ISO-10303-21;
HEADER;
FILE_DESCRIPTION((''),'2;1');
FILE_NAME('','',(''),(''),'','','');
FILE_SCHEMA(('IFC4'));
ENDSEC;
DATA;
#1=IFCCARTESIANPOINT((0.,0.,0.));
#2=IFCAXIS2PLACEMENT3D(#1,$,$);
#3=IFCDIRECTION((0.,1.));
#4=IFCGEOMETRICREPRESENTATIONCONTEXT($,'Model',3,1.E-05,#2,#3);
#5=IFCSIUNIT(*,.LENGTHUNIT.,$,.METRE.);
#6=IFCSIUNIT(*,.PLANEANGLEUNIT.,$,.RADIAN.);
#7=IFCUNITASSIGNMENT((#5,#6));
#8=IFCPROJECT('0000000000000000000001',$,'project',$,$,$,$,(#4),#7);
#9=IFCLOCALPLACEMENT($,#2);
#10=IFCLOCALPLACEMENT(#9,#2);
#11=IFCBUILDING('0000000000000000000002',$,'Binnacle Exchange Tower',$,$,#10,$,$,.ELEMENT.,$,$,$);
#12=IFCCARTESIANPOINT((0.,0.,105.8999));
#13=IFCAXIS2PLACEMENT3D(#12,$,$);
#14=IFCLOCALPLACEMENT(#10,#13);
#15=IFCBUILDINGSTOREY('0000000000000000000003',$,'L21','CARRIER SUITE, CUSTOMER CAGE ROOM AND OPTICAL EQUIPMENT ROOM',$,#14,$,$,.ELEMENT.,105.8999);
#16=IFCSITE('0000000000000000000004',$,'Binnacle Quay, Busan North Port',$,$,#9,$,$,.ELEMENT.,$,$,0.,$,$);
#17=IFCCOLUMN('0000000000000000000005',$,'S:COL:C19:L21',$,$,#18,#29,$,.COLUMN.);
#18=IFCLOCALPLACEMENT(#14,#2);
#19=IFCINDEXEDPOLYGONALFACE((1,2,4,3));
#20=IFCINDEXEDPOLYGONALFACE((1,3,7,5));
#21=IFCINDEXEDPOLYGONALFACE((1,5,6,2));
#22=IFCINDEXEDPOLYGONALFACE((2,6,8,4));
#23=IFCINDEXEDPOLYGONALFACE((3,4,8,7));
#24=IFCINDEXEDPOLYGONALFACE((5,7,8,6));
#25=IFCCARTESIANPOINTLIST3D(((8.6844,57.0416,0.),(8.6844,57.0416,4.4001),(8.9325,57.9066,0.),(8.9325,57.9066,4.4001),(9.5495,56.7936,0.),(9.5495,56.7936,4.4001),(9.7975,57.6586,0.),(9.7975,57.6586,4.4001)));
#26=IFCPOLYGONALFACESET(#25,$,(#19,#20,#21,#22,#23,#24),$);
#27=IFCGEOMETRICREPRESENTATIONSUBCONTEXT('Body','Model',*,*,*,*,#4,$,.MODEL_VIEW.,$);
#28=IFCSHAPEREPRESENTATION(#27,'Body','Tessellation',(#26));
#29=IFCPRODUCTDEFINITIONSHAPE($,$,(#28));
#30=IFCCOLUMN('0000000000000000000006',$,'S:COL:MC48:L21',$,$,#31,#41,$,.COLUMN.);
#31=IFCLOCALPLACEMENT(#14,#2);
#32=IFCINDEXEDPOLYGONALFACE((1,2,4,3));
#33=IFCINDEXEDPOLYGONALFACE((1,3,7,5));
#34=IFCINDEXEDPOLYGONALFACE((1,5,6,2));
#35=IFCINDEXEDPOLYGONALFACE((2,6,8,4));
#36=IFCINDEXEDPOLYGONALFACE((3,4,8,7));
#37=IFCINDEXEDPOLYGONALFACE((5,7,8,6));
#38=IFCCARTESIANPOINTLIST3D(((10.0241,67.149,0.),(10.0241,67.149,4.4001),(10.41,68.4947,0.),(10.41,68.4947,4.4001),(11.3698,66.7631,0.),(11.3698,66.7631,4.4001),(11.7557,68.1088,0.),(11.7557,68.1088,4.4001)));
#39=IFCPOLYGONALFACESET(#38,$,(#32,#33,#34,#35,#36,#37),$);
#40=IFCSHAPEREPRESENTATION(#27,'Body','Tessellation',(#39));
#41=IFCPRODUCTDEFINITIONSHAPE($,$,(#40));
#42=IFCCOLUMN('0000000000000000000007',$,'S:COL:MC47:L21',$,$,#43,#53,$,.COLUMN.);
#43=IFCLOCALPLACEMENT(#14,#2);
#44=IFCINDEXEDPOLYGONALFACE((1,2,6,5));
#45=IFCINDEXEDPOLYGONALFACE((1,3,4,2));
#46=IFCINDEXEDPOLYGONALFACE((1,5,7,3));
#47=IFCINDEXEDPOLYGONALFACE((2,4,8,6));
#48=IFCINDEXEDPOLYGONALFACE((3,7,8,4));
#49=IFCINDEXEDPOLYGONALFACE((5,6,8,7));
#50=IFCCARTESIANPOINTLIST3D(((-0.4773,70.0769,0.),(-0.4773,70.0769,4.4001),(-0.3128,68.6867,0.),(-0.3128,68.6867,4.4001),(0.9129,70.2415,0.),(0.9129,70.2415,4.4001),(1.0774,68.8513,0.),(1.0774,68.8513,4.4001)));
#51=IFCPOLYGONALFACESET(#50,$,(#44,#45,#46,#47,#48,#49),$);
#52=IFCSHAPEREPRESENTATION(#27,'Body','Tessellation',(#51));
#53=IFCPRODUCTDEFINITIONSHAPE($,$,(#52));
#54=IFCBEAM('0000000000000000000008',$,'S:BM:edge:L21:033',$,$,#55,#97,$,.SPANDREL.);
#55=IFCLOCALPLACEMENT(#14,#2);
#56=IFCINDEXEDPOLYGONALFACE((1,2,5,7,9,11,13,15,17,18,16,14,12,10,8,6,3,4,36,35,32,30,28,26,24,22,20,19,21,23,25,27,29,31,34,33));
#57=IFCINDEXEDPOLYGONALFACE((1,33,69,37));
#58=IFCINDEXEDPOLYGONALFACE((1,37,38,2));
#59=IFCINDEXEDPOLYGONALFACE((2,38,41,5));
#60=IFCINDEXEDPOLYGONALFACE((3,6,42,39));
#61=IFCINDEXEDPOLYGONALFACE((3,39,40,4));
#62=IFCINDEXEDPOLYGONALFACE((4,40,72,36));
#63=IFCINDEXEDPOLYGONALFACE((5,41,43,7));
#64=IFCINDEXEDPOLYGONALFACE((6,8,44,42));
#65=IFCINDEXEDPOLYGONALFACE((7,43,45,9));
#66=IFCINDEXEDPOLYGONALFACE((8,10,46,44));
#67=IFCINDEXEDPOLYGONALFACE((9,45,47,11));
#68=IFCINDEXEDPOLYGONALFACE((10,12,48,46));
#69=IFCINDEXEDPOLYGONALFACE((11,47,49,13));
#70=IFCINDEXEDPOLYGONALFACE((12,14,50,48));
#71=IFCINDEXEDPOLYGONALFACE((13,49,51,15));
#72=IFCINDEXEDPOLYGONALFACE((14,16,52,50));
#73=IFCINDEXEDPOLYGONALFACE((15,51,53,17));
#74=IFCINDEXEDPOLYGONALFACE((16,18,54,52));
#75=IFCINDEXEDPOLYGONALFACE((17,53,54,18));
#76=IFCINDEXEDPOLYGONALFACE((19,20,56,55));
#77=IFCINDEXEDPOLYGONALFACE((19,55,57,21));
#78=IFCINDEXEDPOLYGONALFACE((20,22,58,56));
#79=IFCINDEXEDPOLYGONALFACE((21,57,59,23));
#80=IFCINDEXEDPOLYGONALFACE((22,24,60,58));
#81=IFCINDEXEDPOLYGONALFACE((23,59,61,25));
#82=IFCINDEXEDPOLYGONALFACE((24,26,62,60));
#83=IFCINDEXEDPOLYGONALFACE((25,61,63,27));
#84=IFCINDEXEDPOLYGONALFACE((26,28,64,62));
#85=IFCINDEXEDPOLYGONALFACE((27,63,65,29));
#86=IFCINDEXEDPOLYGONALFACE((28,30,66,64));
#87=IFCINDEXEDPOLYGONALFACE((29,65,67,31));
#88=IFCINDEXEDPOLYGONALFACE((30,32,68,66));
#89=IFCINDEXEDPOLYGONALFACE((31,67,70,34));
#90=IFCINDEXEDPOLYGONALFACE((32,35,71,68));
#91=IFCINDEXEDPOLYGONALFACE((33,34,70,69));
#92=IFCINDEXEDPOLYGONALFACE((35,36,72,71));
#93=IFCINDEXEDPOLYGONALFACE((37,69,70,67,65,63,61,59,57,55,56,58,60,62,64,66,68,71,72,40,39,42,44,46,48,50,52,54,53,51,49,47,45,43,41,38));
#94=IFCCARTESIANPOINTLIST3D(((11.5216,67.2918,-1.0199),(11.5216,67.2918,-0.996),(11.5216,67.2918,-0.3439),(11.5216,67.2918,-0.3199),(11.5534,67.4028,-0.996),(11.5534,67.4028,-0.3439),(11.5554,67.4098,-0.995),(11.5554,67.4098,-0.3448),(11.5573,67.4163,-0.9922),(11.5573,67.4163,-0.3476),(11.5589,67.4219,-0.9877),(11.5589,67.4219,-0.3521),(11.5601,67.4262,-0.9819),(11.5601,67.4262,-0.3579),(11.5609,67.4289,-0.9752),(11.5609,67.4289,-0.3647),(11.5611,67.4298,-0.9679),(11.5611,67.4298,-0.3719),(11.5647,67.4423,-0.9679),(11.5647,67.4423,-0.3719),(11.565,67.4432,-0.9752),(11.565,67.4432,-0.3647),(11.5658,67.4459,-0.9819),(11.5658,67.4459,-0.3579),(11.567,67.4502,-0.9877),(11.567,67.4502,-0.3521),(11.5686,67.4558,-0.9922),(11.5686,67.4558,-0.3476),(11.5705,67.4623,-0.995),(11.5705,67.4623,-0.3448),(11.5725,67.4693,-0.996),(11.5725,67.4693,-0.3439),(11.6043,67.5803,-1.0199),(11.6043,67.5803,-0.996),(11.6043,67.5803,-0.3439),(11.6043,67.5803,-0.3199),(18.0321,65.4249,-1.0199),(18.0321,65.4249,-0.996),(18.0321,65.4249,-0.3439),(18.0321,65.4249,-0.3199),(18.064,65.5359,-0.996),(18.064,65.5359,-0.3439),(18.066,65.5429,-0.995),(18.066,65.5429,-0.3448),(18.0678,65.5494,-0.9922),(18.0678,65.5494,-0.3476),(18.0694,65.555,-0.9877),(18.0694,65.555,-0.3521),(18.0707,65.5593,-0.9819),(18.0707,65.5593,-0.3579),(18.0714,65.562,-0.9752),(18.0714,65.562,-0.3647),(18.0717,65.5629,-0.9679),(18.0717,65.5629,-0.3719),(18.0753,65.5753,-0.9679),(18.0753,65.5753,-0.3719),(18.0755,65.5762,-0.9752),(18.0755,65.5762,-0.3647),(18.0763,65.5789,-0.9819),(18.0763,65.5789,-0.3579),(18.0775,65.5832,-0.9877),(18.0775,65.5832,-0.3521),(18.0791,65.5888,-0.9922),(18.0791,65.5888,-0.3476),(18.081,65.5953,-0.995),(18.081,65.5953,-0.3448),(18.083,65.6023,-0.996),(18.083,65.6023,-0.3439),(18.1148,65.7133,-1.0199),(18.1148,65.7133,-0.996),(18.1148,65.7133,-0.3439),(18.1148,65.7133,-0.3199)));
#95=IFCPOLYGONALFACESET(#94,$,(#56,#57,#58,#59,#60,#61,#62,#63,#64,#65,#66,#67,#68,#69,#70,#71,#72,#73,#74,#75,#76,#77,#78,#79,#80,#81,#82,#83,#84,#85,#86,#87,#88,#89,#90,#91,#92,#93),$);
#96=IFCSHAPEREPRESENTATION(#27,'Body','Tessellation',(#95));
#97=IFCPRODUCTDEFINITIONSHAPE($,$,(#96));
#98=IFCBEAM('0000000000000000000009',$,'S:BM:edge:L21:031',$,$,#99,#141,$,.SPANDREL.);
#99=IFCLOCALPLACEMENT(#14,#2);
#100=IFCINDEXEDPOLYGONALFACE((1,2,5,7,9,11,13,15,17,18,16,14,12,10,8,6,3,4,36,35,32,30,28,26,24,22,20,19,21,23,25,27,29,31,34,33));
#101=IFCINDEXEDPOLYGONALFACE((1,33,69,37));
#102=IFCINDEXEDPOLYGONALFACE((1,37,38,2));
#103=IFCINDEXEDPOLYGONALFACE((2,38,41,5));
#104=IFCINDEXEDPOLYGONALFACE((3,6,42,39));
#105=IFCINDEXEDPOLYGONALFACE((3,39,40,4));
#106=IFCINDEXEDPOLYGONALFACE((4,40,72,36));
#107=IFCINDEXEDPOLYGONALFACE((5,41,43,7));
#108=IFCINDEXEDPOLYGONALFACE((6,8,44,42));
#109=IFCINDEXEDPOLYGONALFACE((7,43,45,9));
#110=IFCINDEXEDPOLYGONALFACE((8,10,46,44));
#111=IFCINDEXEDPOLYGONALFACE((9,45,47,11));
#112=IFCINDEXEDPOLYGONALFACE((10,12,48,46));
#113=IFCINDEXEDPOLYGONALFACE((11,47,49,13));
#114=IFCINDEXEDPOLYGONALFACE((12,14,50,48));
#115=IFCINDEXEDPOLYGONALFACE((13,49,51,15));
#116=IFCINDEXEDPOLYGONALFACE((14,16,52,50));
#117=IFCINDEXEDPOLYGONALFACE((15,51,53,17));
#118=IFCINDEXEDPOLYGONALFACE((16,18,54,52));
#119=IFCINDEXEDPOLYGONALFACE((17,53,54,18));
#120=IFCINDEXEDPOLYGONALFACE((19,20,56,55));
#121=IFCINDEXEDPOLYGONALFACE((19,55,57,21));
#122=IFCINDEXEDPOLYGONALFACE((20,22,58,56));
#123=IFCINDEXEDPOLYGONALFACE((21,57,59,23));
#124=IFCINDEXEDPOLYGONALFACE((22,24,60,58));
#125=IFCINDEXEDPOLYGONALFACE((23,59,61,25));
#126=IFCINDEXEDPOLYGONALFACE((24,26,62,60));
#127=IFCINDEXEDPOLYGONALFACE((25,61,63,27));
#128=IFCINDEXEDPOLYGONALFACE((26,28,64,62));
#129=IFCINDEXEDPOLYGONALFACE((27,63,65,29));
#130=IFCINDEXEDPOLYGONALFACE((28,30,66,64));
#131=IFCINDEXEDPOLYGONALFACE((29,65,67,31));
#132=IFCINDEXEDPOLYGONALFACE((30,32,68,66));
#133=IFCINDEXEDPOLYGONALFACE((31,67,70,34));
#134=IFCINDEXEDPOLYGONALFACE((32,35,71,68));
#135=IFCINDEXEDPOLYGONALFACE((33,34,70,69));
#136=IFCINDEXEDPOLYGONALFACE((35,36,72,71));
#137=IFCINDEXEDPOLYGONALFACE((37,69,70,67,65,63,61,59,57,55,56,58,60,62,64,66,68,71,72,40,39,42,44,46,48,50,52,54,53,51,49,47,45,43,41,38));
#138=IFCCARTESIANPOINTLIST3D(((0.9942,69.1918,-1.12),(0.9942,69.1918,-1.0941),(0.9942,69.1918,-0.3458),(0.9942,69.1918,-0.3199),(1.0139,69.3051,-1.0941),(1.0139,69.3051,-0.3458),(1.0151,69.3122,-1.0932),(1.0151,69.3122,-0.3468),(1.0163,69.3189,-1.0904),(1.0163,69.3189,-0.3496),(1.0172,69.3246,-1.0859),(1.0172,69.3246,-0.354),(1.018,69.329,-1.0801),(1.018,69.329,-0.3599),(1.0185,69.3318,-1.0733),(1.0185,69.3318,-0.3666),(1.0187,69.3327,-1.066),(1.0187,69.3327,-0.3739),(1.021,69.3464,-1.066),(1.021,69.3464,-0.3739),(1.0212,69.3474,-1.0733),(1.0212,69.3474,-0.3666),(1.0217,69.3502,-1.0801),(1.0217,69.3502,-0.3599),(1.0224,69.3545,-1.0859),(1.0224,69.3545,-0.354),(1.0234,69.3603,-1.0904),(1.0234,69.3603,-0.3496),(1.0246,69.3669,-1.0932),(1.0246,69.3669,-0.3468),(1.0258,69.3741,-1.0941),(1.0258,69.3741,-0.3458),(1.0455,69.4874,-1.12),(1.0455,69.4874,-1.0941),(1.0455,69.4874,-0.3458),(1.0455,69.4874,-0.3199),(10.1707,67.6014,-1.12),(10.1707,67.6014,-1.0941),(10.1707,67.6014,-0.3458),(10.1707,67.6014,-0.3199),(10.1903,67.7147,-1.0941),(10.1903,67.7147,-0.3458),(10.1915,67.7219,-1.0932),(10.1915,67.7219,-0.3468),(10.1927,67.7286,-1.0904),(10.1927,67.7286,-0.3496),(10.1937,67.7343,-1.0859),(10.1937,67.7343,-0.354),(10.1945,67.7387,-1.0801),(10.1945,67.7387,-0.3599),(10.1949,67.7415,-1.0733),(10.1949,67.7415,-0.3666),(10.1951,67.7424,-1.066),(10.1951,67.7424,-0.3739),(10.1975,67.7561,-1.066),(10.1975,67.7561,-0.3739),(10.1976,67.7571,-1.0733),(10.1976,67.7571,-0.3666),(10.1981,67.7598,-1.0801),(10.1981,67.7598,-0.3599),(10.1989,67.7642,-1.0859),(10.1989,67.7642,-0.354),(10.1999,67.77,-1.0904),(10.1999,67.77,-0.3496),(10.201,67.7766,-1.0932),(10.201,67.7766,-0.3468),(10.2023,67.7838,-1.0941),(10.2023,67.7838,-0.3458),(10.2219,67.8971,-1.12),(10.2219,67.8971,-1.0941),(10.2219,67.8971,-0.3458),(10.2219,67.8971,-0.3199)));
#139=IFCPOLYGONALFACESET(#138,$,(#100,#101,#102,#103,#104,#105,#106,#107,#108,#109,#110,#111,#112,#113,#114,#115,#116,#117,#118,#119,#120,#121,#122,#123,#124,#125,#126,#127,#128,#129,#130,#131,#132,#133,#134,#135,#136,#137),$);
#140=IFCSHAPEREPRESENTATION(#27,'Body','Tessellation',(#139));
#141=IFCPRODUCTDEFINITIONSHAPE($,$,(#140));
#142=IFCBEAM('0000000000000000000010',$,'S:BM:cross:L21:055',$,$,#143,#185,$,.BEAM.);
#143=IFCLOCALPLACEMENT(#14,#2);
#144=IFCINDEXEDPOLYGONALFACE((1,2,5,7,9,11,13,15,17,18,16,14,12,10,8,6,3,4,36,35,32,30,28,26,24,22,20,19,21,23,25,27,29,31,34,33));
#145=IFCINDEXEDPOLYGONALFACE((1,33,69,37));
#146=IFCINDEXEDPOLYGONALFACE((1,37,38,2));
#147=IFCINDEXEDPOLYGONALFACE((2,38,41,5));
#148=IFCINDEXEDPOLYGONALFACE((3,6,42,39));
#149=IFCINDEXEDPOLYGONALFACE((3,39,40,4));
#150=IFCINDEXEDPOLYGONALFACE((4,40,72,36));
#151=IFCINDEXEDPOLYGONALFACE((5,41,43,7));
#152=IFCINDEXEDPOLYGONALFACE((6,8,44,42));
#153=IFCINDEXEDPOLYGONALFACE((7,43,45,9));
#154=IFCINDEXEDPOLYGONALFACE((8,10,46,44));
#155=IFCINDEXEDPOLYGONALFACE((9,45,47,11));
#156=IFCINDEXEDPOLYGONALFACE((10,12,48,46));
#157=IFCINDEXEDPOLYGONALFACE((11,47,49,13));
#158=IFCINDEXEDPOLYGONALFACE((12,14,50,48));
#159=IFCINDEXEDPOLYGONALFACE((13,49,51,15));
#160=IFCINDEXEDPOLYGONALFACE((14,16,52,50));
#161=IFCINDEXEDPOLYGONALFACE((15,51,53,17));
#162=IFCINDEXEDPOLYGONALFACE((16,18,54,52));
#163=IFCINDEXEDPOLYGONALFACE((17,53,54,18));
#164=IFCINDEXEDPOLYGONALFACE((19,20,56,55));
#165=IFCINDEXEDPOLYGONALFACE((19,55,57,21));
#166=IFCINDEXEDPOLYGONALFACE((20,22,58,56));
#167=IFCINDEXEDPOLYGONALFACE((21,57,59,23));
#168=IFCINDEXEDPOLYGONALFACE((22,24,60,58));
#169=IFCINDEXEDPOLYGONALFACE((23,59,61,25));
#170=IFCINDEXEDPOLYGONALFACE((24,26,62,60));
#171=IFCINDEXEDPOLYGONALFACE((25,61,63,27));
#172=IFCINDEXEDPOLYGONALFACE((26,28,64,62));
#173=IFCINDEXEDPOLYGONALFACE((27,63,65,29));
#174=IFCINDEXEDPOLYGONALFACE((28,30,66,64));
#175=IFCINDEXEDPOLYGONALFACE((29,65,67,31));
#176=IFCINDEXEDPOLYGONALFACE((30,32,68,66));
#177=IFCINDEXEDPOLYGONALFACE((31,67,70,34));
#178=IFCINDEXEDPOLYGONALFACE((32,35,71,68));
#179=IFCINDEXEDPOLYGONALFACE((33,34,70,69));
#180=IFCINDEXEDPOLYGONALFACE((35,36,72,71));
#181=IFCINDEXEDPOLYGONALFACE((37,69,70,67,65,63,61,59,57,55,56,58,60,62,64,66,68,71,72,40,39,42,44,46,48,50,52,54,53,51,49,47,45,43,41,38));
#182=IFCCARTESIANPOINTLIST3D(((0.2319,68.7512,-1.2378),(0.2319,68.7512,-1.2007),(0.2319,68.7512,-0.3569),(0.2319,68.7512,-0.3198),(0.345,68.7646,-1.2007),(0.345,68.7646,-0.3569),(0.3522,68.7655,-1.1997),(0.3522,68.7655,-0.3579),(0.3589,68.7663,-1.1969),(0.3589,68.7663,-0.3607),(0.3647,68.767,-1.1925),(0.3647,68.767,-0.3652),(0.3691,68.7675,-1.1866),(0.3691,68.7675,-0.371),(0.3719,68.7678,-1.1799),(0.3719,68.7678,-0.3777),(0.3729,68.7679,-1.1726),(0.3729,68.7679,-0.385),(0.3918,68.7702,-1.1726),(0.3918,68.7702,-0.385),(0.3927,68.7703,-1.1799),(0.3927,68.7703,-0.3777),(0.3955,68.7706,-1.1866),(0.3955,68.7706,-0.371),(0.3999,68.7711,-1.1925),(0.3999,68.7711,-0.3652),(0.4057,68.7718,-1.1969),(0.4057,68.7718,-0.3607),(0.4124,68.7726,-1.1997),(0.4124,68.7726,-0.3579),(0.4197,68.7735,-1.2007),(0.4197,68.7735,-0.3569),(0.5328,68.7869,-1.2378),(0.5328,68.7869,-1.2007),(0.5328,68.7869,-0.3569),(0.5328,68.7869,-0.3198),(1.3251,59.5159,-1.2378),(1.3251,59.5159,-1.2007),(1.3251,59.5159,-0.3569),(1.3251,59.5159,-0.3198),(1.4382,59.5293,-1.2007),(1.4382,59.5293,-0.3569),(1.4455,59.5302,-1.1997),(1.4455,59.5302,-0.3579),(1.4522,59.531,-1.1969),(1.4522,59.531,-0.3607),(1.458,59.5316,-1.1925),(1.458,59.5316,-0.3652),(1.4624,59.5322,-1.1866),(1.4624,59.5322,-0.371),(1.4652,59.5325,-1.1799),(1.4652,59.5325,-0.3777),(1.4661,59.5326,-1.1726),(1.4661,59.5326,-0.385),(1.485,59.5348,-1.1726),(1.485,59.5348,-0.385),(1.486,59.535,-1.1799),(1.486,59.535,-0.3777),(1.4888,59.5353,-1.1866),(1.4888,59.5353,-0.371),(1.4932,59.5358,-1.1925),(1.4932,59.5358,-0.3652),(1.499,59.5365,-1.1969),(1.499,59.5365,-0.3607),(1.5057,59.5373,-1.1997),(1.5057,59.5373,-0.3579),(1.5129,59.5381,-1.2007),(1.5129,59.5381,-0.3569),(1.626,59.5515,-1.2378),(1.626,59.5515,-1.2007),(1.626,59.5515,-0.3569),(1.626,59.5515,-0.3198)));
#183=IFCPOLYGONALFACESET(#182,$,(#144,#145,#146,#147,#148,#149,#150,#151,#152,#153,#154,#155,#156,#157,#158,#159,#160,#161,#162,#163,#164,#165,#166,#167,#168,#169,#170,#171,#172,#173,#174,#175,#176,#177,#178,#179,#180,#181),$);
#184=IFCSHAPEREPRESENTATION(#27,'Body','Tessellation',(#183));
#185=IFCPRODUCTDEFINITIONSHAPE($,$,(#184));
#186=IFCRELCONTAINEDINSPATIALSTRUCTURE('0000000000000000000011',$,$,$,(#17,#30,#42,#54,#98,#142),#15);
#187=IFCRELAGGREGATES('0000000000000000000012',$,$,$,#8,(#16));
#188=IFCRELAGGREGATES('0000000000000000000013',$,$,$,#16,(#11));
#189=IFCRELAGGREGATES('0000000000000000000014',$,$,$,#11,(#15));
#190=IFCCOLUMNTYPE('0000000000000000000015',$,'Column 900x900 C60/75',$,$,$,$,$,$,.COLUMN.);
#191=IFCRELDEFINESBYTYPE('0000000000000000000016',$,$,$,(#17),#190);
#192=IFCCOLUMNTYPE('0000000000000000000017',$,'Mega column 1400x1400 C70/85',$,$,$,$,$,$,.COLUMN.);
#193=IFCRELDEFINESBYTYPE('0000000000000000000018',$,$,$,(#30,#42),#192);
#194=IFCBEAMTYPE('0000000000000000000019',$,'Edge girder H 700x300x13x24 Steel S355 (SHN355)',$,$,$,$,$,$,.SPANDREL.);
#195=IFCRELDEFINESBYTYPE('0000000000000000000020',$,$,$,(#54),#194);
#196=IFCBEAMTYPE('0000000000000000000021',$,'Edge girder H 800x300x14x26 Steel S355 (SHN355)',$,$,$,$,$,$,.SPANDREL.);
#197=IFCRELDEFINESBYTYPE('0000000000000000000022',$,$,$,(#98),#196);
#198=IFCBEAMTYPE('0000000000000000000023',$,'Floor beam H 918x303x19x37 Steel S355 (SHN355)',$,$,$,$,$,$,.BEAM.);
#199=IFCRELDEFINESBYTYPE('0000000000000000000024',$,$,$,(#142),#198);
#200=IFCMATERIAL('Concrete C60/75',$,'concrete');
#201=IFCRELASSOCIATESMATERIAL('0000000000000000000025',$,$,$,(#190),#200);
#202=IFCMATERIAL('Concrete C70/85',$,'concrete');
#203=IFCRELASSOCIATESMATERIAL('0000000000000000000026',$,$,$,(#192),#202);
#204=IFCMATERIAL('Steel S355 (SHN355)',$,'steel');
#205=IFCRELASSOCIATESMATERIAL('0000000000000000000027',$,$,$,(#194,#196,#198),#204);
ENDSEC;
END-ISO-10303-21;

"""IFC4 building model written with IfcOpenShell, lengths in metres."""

from ifc_helpers import new_model, si_unit, direction, frame, origin, origin_2d, place, context, subcontext, project, spatial, rectangle, i_section, extrude, material, material_profile, profile_set, type_object, element, save


model = new_model("IFC4")

# Units and contexts
model_context = context("Model", 3, precision=1e-05, world=origin(), true_north=direction((0.0, 1.0)))
body_context = subcontext(model_context, "Body", "Model", "MODEL_VIEW")
ifc_project = project(units=[si_unit("LENGTHUNIT", "METRE"), si_unit("PLANEANGLEUNIT", "RADIAN")], contexts=[model_context])

# Site, building, storey
site_placement = place(None, origin())
site = spatial("IfcSite", under=ifc_project, at=site_placement, Name="Binnacle Quay, Busan North Port", CompositionType="ELEMENT", RefElevation=0.0)
building_placement = place(site_placement, origin())
building = spatial("IfcBuilding", under=site, at=building_placement, Name="Binnacle Exchange Tower", CompositionType="ELEMENT")
storey_placement = place(building_placement, frame((0.0, 0.0, 105.8999)))
storey = spatial("IfcBuildingStorey", under=building, at=storey_placement, Name="L21", Description="CARRIER SUITE, CUSTOMER CAGE ROOM AND OPTICAL EQUIPMENT ROOM", CompositionType="ELEMENT", Elevation=105.8999)

# Columns
ifc_material_1 = material(Name="Concrete C60/75", Category="concrete")
ifc_material_profile_1 = material_profile(ifc_material_1, rectangle(XDim=0.8999, YDim=0.8999, at=origin_2d()), Name="Column 900x900 C60/75")
ifc_profile_set_1 = profile_set([ifc_material_profile_1], Name="Concrete C60/75")
column_type_1 = type_object("IfcColumnType", Name="Column 900x900 C60/75", PredefinedType="COLUMN", material=ifc_profile_set_1)
column_placement = place(storey_placement, frame((9.241, 57.3501, 0.0), z_axis=(0.0, 0.0, 1.0), x_axis=(0.961262, -0.275637, 0.0)))
element("IfcColumn", 1, at=column_placement, inside=storey, type_object=column_type_1, Name="S:COL:C19:L21", PredefinedType="COLUMN", context=body_context, shape_type="SweptSolid", body=[
    extrude(rectangle(XDim=0.8999, YDim=0.8999, at=origin_2d()), origin(), (0.0, 0.0, 1.0), 4.4001),
])
ifc_material_2 = material(Name="Concrete C70/85", Category="concrete")
ifc_material_profile_2 = material_profile(ifc_material_2, rectangle(XDim=1.3999, YDim=1.3999, at=origin_2d()), Name="Mega column 1400x1400 C70/85")
ifc_profile_set_2 = profile_set([ifc_material_profile_2], Name="Concrete C70/85")
column_type_2 = type_object("IfcColumnType", Name="Mega column 1400x1400 C70/85", PredefinedType="COLUMN", material=ifc_profile_set_2)
for number, where, z_axis, x_axis, name in (
    (2, (10.8899, 67.6289, 0.0), (0.0, 0.0, 1.0), (-0.961262, 0.275637, 0.0), "S:COL:MC48:L21"),
    (3, (0.3, 69.4641, 0.0), (0.0, 0.0, 1.0), (-0.993068, -0.117537, 0.0), "S:COL:MC47:L21"),
):
    element("IfcColumn", number, at=place(storey_placement, frame(where, z_axis=z_axis, x_axis=x_axis)), inside=storey, type_object=column_type_2, Name=name, PredefinedType="COLUMN", context=body_context, shape_type="SweptSolid", body=[
        extrude(rectangle(XDim=1.3999, YDim=1.3999, at=origin_2d()), origin(), (0.0, 0.0, 1.0), 4.4001),
    ])

# Beams
ifc_material_3 = material(Name="Steel S355 (SHN355)", Category="steel")
ifc_material_profile_3 = material_profile(ifc_material_3, i_section(OverallWidth=0.3, OverallDepth=0.7, WebThickness=0.0129, FlangeThickness=0.0239, FilletRadius=0.0281, at=origin_2d()), Name="H 700x300x13x24")
ifc_profile_set_3 = profile_set([ifc_material_profile_3], Name="Steel S355 (SHN355)")
beam_type_1 = type_object("IfcBeamType", Name="Edge girder H 700x300x13x24 Steel S355 (SHN355)", PredefinedType="SPANDREL", material=ifc_profile_set_3)
beam_1_placement = place(storey_placement, frame((18.0735, 65.5691, -0.6699), z_axis=(-0.961258, 0.275649, 0.0), x_axis=(-0.275649, -0.961258, 0.0)))
element("IfcBeam", 4, at=beam_1_placement, inside=storey, type_object=beam_type_1, Name="S:BM:edge:L21:033", PredefinedType="SPANDREL", context=body_context, shape_type="SweptSolid", body=[
    extrude(i_section(OverallWidth=0.3, OverallDepth=0.7, WebThickness=0.0129, FlangeThickness=0.0239, FilletRadius=0.0281, at=origin_2d()), origin(), (0.0, 0.0, 1.0), 6.7729),
])
ifc_material_profile_4 = material_profile(ifc_material_3, i_section(OverallWidth=0.3, OverallDepth=0.8, WebThickness=0.0139, FlangeThickness=0.0259, FilletRadius=0.0281, at=origin_2d()), Name="H 800x300x14x26")
ifc_profile_set_4 = profile_set([ifc_material_profile_4], Name="Steel S355 (SHN355)")
beam_type_2 = type_object("IfcBeamType", Name="Edge girder H 800x300x14x26 Steel S355 (SHN355)", PredefinedType="SPANDREL", material=ifc_profile_set_4)
beam_2_placement = place(storey_placement, frame((10.1963, 67.7493, -0.72), z_axis=(-0.985313, 0.170759, 0.0), x_axis=(-0.170759, -0.985313, 0.0)))
element("IfcBeam", 5, at=beam_2_placement, inside=storey, type_object=beam_type_2, Name="S:BM:edge:L21:031", PredefinedType="SPANDREL", context=body_context, shape_type="SweptSolid", body=[
    extrude(i_section(OverallWidth=0.3, OverallDepth=0.8, WebThickness=0.0139, FlangeThickness=0.0259, FilletRadius=0.0281, at=origin_2d()), origin(), (0.0, 0.0, 1.0), 9.3132),
])
ifc_material_profile_5 = material_profile(ifc_material_3, i_section(OverallWidth=0.303, OverallDepth=0.918, WebThickness=0.019, FlangeThickness=0.0371, FilletRadius=0.0281, at=origin_2d()), Name="H 918x303x19x37")
ifc_profile_set_5 = profile_set([ifc_material_profile_5], Name="Steel S355 (SHN355)")
beam_type_3 = type_object("IfcBeamType", Name="Floor beam H 918x303x19x37 Steel S355 (SHN355)", PredefinedType="BEAM", material=ifc_profile_set_5)
beam_3_placement = place(storey_placement, frame((0.3823, 68.769, -0.7788), z_axis=(0.117557, -0.993066, 0.0), x_axis=(0.993066, 0.117557, 0.0)))
element("IfcBeam", 6, at=beam_3_placement, inside=storey, type_object=beam_type_3, Name="S:BM:cross:L21:055", PredefinedType="BEAM", context=body_context, shape_type="SweptSolid", body=[
    extrude(i_section(OverallWidth=0.303, OverallDepth=0.918, WebThickness=0.019, FlangeThickness=0.0371, FilletRadius=0.0281, at=origin_2d()), origin(), (0.0, 0.0, 1.0), 9.2998),
])

save(model, "model.ifc")
